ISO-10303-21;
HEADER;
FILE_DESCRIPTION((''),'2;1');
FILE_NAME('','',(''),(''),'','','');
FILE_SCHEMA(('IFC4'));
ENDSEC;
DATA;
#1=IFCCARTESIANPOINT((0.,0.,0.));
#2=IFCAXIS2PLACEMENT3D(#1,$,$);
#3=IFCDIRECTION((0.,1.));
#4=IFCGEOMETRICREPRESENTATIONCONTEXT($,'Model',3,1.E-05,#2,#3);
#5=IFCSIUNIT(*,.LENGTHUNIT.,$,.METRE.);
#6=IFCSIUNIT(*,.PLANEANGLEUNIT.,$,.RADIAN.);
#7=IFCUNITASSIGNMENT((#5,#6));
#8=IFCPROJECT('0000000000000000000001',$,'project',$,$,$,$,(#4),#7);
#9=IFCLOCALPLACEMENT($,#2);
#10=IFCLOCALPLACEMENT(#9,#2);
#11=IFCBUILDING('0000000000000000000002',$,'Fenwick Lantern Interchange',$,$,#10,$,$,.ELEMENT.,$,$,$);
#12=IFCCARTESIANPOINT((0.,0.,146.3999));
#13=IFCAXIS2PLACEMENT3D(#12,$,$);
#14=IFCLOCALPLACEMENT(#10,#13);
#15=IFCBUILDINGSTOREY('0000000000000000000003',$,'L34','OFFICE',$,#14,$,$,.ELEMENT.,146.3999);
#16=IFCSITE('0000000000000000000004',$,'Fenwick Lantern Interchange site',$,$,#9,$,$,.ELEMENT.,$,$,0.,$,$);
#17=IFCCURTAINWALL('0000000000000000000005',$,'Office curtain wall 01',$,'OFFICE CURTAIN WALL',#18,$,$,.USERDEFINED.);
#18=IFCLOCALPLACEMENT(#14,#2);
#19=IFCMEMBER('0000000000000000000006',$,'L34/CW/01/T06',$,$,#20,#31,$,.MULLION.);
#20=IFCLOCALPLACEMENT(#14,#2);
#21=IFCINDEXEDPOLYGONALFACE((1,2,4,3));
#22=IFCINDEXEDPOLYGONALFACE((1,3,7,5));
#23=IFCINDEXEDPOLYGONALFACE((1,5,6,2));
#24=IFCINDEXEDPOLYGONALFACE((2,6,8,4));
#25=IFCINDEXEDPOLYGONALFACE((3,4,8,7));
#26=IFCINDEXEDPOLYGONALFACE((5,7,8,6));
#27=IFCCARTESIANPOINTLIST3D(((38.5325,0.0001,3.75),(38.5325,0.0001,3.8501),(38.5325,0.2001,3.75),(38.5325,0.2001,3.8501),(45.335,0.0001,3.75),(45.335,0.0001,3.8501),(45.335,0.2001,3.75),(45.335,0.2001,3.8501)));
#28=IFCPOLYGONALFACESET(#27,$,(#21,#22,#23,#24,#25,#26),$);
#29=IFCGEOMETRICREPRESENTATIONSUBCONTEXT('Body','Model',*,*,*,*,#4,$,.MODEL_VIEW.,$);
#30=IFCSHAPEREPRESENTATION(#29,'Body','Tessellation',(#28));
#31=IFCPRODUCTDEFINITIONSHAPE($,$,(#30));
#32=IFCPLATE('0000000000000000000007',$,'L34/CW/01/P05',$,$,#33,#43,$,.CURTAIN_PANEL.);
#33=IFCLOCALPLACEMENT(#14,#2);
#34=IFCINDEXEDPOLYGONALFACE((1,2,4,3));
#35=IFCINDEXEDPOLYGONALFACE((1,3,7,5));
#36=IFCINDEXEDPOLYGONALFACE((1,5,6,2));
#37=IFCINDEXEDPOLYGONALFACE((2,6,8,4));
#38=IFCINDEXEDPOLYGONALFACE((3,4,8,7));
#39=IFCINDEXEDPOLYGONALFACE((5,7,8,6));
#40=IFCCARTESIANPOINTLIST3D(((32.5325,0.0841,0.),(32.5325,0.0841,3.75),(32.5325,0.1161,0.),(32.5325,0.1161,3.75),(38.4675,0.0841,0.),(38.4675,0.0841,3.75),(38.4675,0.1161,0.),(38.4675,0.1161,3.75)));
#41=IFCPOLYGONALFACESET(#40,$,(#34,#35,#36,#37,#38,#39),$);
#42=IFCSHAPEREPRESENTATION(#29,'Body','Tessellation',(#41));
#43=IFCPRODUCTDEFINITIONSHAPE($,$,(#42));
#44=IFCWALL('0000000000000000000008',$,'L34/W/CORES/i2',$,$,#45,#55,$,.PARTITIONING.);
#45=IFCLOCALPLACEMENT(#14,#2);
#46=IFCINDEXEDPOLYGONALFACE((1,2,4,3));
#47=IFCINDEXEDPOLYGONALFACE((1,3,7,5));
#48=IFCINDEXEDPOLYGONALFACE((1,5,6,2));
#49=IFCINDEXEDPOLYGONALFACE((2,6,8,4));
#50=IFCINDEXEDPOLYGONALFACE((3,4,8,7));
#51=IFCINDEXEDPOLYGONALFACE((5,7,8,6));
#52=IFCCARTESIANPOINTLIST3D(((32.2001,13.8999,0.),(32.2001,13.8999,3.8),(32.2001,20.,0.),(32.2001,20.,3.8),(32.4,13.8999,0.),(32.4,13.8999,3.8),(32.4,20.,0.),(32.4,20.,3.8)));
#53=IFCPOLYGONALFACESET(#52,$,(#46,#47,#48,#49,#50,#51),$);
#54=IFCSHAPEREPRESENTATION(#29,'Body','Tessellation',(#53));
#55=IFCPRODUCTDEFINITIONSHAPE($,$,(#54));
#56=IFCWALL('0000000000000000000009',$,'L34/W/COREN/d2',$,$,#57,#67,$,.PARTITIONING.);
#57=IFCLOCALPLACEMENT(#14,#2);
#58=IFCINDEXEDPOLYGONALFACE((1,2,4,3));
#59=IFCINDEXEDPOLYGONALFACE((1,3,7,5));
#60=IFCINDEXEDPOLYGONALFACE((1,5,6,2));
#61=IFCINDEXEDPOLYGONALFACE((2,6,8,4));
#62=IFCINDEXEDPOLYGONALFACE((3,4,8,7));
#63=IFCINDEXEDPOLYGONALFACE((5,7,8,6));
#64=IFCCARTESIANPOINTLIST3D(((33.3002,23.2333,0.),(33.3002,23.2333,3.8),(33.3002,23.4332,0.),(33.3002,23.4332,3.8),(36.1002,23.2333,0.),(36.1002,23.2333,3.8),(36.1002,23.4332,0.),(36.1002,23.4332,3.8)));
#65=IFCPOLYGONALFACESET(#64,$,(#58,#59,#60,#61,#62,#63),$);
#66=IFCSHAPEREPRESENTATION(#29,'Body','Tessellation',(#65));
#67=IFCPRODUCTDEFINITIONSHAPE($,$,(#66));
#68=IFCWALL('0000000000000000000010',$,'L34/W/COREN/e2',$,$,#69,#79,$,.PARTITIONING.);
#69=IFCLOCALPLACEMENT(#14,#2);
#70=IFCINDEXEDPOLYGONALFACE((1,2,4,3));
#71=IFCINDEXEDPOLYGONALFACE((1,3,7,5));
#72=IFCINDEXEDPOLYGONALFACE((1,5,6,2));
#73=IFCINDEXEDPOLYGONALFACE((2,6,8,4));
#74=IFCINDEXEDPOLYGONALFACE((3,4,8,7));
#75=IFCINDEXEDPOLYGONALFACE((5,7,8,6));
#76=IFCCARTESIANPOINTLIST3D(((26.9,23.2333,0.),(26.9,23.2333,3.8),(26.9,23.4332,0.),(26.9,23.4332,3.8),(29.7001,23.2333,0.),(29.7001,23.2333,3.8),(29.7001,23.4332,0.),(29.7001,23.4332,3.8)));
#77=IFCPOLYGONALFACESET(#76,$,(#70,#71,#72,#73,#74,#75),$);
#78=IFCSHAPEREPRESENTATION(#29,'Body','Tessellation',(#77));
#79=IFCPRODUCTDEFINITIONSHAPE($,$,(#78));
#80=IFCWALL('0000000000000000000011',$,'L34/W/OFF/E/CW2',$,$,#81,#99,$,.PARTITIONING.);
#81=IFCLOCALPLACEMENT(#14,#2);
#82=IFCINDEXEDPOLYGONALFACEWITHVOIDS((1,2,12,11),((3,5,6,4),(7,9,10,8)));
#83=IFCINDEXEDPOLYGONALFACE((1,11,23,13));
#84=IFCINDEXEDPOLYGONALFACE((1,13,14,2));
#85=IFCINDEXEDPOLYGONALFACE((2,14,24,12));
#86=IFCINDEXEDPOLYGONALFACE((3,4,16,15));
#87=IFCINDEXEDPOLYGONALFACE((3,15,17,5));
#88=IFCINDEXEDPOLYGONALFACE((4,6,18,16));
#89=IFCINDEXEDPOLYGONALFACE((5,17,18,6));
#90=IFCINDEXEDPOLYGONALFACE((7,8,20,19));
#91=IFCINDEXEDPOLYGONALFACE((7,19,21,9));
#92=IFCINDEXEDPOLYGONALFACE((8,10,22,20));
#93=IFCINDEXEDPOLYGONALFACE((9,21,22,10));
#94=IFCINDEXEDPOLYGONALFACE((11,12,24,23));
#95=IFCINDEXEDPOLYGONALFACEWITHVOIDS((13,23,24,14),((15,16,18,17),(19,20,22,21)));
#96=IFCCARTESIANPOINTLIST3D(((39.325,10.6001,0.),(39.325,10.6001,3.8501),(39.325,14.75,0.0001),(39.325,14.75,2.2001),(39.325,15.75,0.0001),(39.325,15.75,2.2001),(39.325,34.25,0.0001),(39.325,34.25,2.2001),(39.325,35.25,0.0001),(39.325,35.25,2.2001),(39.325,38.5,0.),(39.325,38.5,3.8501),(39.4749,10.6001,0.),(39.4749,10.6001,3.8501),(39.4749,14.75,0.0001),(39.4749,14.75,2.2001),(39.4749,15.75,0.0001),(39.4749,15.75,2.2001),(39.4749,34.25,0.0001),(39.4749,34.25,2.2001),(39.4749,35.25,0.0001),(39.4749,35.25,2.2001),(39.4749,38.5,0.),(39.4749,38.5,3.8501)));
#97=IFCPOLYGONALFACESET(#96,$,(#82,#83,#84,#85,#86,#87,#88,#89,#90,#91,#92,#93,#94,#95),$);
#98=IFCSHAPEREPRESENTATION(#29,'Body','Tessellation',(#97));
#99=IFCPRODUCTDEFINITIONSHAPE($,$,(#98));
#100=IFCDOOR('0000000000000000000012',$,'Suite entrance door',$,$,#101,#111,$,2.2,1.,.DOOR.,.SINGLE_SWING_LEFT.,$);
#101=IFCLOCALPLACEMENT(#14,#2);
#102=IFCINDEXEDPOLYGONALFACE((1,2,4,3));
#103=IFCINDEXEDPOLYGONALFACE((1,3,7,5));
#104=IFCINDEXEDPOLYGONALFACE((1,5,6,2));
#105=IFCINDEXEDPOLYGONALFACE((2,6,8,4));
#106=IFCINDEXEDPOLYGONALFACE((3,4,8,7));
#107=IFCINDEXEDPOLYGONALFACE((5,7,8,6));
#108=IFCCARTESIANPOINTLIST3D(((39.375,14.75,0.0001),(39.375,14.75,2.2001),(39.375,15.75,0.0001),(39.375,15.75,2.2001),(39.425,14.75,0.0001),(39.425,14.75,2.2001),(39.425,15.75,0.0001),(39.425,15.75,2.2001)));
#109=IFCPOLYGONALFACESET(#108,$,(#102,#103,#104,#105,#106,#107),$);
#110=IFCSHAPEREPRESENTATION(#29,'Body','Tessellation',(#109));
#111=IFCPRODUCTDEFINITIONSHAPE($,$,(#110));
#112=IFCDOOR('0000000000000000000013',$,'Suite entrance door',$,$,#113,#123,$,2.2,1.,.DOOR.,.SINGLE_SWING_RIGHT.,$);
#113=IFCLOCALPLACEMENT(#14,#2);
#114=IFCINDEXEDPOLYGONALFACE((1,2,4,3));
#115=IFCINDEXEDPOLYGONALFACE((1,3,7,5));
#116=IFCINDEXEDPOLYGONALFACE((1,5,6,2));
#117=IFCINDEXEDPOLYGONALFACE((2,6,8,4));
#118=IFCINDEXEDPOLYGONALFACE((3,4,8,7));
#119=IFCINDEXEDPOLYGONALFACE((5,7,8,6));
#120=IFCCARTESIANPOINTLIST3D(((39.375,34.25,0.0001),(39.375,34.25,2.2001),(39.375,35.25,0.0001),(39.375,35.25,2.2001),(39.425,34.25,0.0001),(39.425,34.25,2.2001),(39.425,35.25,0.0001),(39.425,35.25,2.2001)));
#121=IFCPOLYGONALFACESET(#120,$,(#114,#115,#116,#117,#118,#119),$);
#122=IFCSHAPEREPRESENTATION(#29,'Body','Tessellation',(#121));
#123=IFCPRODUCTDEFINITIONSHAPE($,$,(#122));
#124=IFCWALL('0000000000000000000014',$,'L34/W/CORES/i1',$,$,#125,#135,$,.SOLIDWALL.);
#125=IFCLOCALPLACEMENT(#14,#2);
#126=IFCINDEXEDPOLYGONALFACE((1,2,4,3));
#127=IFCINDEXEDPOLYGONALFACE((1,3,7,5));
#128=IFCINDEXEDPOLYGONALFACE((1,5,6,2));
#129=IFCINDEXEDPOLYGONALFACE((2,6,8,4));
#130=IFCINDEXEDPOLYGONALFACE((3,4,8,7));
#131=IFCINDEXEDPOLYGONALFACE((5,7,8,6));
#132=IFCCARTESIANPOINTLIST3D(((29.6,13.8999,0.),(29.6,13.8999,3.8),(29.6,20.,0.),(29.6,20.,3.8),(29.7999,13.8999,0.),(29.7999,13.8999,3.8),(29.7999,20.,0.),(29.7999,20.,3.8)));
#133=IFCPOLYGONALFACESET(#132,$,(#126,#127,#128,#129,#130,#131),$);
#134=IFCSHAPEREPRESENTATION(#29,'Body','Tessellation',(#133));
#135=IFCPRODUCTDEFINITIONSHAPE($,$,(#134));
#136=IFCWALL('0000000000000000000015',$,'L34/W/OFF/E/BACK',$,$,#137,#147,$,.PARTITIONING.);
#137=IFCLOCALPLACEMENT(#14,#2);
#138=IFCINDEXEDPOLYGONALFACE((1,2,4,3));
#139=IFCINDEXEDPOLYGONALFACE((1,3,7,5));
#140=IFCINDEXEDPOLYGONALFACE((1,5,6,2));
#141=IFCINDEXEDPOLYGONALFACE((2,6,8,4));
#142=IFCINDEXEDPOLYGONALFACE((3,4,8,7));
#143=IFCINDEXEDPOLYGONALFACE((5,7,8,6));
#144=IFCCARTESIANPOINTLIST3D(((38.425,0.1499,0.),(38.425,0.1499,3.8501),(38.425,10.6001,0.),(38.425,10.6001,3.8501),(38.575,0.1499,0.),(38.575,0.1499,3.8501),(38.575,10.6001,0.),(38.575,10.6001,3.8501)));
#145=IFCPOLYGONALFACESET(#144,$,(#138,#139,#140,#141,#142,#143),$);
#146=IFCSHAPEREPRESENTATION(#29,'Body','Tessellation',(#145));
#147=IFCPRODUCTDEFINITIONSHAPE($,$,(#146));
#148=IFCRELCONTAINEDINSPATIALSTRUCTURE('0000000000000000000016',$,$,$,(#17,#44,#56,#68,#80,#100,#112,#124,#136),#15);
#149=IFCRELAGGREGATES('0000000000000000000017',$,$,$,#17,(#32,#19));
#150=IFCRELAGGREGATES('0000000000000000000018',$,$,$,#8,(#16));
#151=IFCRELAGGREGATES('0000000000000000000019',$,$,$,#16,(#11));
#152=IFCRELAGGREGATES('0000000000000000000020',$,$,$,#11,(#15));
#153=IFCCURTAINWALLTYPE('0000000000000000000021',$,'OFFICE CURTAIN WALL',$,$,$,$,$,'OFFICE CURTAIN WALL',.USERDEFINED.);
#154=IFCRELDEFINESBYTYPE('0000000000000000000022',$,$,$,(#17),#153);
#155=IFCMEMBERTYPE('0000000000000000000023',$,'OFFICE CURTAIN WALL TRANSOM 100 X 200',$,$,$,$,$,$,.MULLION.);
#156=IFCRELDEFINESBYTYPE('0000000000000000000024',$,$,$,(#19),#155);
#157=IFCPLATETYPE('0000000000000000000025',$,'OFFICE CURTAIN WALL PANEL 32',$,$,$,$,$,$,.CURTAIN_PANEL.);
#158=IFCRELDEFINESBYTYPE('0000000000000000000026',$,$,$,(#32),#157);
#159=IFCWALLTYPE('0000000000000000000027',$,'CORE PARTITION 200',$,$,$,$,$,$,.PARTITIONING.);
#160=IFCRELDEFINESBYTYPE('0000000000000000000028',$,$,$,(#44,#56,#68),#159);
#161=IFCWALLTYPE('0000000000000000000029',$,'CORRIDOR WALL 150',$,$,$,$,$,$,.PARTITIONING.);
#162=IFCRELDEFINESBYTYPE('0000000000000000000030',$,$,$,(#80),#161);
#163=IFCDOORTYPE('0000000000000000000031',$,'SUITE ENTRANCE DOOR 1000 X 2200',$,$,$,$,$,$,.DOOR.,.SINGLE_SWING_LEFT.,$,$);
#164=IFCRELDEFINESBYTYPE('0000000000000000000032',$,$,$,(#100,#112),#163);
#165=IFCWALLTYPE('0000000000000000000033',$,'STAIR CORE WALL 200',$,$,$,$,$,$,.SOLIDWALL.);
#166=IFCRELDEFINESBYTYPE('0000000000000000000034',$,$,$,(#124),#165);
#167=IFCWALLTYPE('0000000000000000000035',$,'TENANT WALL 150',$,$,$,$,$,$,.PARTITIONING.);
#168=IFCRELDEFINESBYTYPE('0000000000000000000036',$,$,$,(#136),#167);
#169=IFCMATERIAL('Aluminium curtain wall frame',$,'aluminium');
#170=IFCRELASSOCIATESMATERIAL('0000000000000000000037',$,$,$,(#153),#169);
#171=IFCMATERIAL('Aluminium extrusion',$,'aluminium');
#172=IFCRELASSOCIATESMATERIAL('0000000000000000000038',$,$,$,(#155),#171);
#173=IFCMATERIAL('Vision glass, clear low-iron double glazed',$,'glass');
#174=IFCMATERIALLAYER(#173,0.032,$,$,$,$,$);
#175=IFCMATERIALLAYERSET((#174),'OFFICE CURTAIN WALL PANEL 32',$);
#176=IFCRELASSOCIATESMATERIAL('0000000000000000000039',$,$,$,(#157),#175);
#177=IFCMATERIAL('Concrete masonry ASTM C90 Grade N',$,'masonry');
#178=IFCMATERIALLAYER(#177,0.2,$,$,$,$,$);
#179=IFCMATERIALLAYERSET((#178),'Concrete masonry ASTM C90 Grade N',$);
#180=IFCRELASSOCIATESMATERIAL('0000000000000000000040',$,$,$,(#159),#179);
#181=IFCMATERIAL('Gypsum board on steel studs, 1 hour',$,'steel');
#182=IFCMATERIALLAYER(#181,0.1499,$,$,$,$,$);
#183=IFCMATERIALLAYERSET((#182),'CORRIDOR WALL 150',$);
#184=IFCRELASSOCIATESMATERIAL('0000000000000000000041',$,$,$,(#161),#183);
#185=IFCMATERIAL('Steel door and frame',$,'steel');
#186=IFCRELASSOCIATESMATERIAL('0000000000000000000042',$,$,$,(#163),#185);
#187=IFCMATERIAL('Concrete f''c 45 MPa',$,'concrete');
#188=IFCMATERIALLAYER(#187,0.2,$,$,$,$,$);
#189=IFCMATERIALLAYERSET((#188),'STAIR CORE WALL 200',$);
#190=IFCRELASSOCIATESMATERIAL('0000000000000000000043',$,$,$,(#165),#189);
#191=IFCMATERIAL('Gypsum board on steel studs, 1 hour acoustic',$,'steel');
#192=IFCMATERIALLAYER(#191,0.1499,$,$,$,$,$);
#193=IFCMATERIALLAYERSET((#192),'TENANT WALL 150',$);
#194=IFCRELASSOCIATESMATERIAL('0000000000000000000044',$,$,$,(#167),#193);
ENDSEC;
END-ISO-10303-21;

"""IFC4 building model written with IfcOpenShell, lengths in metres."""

from ifc_helpers import new_model, si_unit, direction, frame, frame_2d, origin, origin_2d, place, context, subcontext, project, spatial, rectangle, extrude, material, layer, layer_set, material_profile, profile_set, type_object, element, fill, aggregate, save


model = new_model("IFC4")

# Units and contexts
model_context = context("Model", 3, precision=1e-05, world=origin(), true_north=direction((0.0, 1.0)))
body_context = subcontext(model_context, "Body", "Model", "MODEL_VIEW")
ifc_project = project(units=[si_unit("LENGTHUNIT", "METRE"), si_unit("PLANEANGLEUNIT", "RADIAN")], contexts=[model_context])

# Site, building, storey
site_placement = place(None, origin())
site = spatial("IfcSite", under=ifc_project, at=site_placement, Name="Fenwick Lantern Interchange site", CompositionType="ELEMENT", RefElevation=0.0)
building_placement = place(site_placement, origin())
building = spatial("IfcBuilding", under=site, at=building_placement, Name="Fenwick Lantern Interchange", CompositionType="ELEMENT")
storey_placement = place(building_placement, frame((0.0, 0.0, 146.3999)))
storey = spatial("IfcBuildingStorey", under=building, at=storey_placement, Name="L34", Description="OFFICE", CompositionType="ELEMENT", Elevation=146.3999)

# Curtain wall, member, plate
ifc_material_1 = material(Name="Aluminium curtain wall frame", Category="aluminium")
curtain_wall_type = type_object("IfcCurtainWallType", Name="OFFICE CURTAIN WALL", ElementType="OFFICE CURTAIN WALL", PredefinedType="USERDEFINED", material=ifc_material_1)
curtain_wall_placement = place(storey_placement, origin())
curtain_wall = element("IfcCurtainWall", 1, at=curtain_wall_placement, inside=storey, type_object=curtain_wall_type, Name="Office curtain wall 01", ObjectType="OFFICE CURTAIN WALL", PredefinedType="USERDEFINED")
ifc_material_2 = material(Name="Aluminium extrusion", Category="aluminium")
ifc_material_profile_1 = material_profile(ifc_material_2, rectangle(XDim=0.2, YDim=0.1001, at=origin_2d()), Name="OFFICE CURTAIN WALL TRANSOM 100 X 200")
ifc_profile_set_1 = profile_set([ifc_material_profile_1], Name="Aluminium extrusion")
member_type_1 = type_object("IfcMemberType", Name="OFFICE CURTAIN WALL TRANSOM 100 X 200", PredefinedType="MULLION", material=ifc_profile_set_1)
member_1_placement = place(storey_placement, frame((38.5325, 0.1001, 3.8), z_axis=(1.0, 0.0, 0.0), x_axis=(0.0, 1.0, 0.0)))
member_1 = element("IfcMember", 2, at=member_1_placement, type_object=member_type_1, Name="L34/CW/01/T06", PredefinedType="MULLION", context=body_context, shape_type="SweptSolid", body=[
    extrude(rectangle(XDim=0.2, YDim=0.1001, at=origin_2d()), origin(), (0.0, 0.0, 1.0), 6.8025),
])
ifc_material_3 = material(Name="Vision glass, clear low-iron double glazed", Category="glass")
ifc_layer_1 = layer(ifc_material_3, 0.032)
ifc_layer_set_1 = layer_set([ifc_layer_1], Name="OFFICE CURTAIN WALL PANEL 32")
plate_type = type_object("IfcPlateType", Name="OFFICE CURTAIN WALL PANEL 32", PredefinedType="CURTAIN_PANEL", material=ifc_layer_set_1)
plate_placement = place(storey_placement, frame((35.5, 0.1001, 0.0), z_axis=(0.0, 0.0, 1.0), x_axis=(1.0, 0.0, 0.0)))
plate = element("IfcPlate", 3, at=plate_placement, type_object=plate_type, Name="L34/CW/01/P05", PredefinedType="CURTAIN_PANEL", context=body_context, shape_type="SweptSolid", body=[
    extrude(rectangle(XDim=5.9351, YDim=0.032, at=origin_2d()), origin(), (0.0, 0.0, 1.0), 3.75),
])
aggregate(curtain_wall, [plate, member_1])

# Walls
ifc_material_4 = material(Name="Concrete masonry ASTM C90 Grade N", Category="masonry")
ifc_layer_2 = layer(ifc_material_4, 0.2)
ifc_layer_set_2 = layer_set([ifc_layer_2], Name="Concrete masonry ASTM C90 Grade N")
wall_type_1 = type_object("IfcWallType", Name="CORE PARTITION 200", PredefinedType="PARTITIONING", material=ifc_layer_set_2)
wall_1_placement = place(storey_placement, frame((32.3, 13.8999, 0.0), z_axis=(0.0, 0.0, 1.0), x_axis=(0.0, 1.0, 0.0)))
element("IfcWall", 4, at=wall_1_placement, inside=storey, type_object=wall_type_1, Name="L34/W/CORES/i2", PredefinedType="PARTITIONING", context=body_context, shape_type="SweptSolid", body=[
    extrude(rectangle(XDim=6.1001, YDim=0.2, at=frame_2d((3.05, 0.0))), origin(), (0.0, 0.0, 1.0), 3.8),
])
for number, where, z_axis, x_axis, name in (
    (5, (36.1001, 23.3333, 0.0), (0.0, 0.0, 1.0), (-1.0, 0.0, 0.0), "L34/W/COREN/d2"),
    (6, (29.7, 23.3333, 0.0), (0.0, 0.0, 1.0), (-1.0, 0.0, 0.0), "L34/W/COREN/e2"),
):
    element("IfcWall", number, at=place(storey_placement, frame(where, z_axis=z_axis, x_axis=x_axis)), inside=storey, type_object=wall_type_1, Name=name, PredefinedType="PARTITIONING", context=body_context, shape_type="SweptSolid", body=[
        extrude(rectangle(XDim=2.8, YDim=0.2, at=frame_2d((1.3999, 0.0))), origin(), (0.0, 0.0, 1.0), 3.8),
    ])

# Wall, openings, doors
ifc_material_5 = material(Name="Steel door and frame", Category="steel")
ifc_material_6 = material(Name="Gypsum board on steel studs, 1 hour", Category="steel")
ifc_layer_3 = layer(ifc_material_6, 0.1499)
ifc_layer_set_3 = layer_set([ifc_layer_3], Name="CORRIDOR WALL 150")
wall_type_2 = type_object("IfcWallType", Name="CORRIDOR WALL 150", PredefinedType="PARTITIONING", material=ifc_layer_set_3)
wall_2_placement = place(storey_placement, frame((39.3999, 10.6001, 0.0), z_axis=(0.0, 0.0, 1.0), x_axis=(0.0, 1.0, 0.0)))
wall_2 = element("IfcWall", 7, at=wall_2_placement, inside=storey, type_object=wall_type_2, Name="L34/W/OFF/E/CW2", PredefinedType="PARTITIONING", context=body_context, shape_type="SweptSolid", body=[
    extrude(rectangle(XDim=27.8999, YDim=0.1499, at=frame_2d((13.95, 0.0))), origin(), (0.0, 0.0, 1.0), 3.8501),
])
opening_1_placement = place(wall_2_placement, frame((4.1499, 0.0, 0.0)))
opening_1 = element("IfcOpeningElement", 8, at=opening_1_placement, cuts=wall_2, PredefinedType="OPENING", context=body_context, shape_type="SweptSolid", body=[
    extrude(rectangle(XDim=1.0, YDim=2.2, at=frame_2d((0.5, 1.1001))), frame((0.0, 0.085, 0.0), z_axis=(0.0, -1.0, 0.0), x_axis=(1.0, 0.0, 0.0)), (0.0, 0.0, 1.0), 0.1699),
])
opening_2_placement = place(wall_2_placement, frame((23.6499, 0.0, 0.0)))
opening_2 = element("IfcOpeningElement", 9, at=opening_2_placement, cuts=wall_2, PredefinedType="OPENING", context=body_context, shape_type="SweptSolid", body=[
    extrude(rectangle(XDim=1.0, YDim=2.2, at=frame_2d((0.5, 1.1001))), frame((0.0, 0.085, 0.0), z_axis=(0.0, -1.0, 0.0), x_axis=(1.0, 0.0, 0.0)), (0.0, 0.0, 1.0), 0.1699),
])
door_type_1 = type_object("IfcDoorType", Name="SUITE ENTRANCE DOOR 1000 X 2200", OperationType="SINGLE_SWING_LEFT", PredefinedType="DOOR", material=ifc_material_5)
door_1_placement = place(opening_1_placement, origin())
door_1 = element("IfcDoor", 10, at=door_1_placement, inside=storey, type_object=door_type_1, Name="Suite entrance door", OperationType="SINGLE_SWING_LEFT", OverallHeight=2.2, OverallWidth=1.0, PredefinedType="DOOR", context=body_context, shape_type="SweptSolid", body=[
    extrude(rectangle(XDim=1.0, YDim=2.2, at=frame_2d((0.5, 1.1001))), frame((0.0, 0.0249, 0.0), z_axis=(0.0, -1.0, 0.0), x_axis=(1.0, 0.0, 0.0)), (0.0, 0.0, 1.0), 0.05),
])
fill(opening_1, door_1)
door_2_placement = place(opening_2_placement, origin())
door_2 = element("IfcDoor", 11, at=door_2_placement, inside=storey, type_object=door_type_1, Name="Suite entrance door", OperationType="SINGLE_SWING_RIGHT", OverallHeight=2.2, OverallWidth=1.0, PredefinedType="DOOR", context=body_context, shape_type="SweptSolid", body=[
    extrude(rectangle(XDim=1.0, YDim=2.2, at=frame_2d((0.5, 1.1001))), frame((0.0, 0.0249, 0.0), z_axis=(0.0, -1.0, 0.0), x_axis=(1.0, 0.0, 0.0)), (0.0, 0.0, 1.0), 0.05),
])
fill(opening_2, door_2)

# Walls
ifc_material_7 = material(Name="Concrete f'c 45 MPa", Category="concrete")
ifc_layer_4 = layer(ifc_material_7, 0.2)
ifc_layer_set_4 = layer_set([ifc_layer_4], Name="STAIR CORE WALL 200")
wall_type_3 = type_object("IfcWallType", Name="STAIR CORE WALL 200", PredefinedType="SOLIDWALL", material=ifc_layer_set_4)
wall_3_placement = place(storey_placement, frame((29.7, 13.8999, 0.0), z_axis=(0.0, 0.0, 1.0), x_axis=(0.0, 1.0, 0.0)))
element("IfcWall", 12, at=wall_3_placement, inside=storey, type_object=wall_type_3, Name="L34/W/CORES/i1", PredefinedType="SOLIDWALL", context=body_context, shape_type="SweptSolid", body=[
    extrude(rectangle(XDim=6.1001, YDim=0.2, at=frame_2d((3.05, 0.0))), origin(), (0.0, 0.0, 1.0), 3.8),
])
ifc_material_8 = material(Name="Gypsum board on steel studs, 1 hour acoustic", Category="steel")
ifc_layer_5 = layer(ifc_material_8, 0.1499)
ifc_layer_set_5 = layer_set([ifc_layer_5], Name="TENANT WALL 150")
wall_type_4 = type_object("IfcWallType", Name="TENANT WALL 150", PredefinedType="PARTITIONING", material=ifc_layer_set_5)
wall_4_placement = place(storey_placement, frame((38.5, 0.1499, 0.0), z_axis=(0.0, 0.0, 1.0), x_axis=(0.0, 1.0, 0.0)))
element("IfcWall", 13, at=wall_4_placement, inside=storey, type_object=wall_type_4, Name="L34/W/OFF/E/BACK", PredefinedType="PARTITIONING", context=body_context, shape_type="SweptSolid", body=[
    extrude(rectangle(XDim=10.4502, YDim=0.1499, at=frame_2d((5.2251, 0.0))), origin(), (0.0, 0.0, 1.0), 3.8501),
])

save(model, "model.ifc")
